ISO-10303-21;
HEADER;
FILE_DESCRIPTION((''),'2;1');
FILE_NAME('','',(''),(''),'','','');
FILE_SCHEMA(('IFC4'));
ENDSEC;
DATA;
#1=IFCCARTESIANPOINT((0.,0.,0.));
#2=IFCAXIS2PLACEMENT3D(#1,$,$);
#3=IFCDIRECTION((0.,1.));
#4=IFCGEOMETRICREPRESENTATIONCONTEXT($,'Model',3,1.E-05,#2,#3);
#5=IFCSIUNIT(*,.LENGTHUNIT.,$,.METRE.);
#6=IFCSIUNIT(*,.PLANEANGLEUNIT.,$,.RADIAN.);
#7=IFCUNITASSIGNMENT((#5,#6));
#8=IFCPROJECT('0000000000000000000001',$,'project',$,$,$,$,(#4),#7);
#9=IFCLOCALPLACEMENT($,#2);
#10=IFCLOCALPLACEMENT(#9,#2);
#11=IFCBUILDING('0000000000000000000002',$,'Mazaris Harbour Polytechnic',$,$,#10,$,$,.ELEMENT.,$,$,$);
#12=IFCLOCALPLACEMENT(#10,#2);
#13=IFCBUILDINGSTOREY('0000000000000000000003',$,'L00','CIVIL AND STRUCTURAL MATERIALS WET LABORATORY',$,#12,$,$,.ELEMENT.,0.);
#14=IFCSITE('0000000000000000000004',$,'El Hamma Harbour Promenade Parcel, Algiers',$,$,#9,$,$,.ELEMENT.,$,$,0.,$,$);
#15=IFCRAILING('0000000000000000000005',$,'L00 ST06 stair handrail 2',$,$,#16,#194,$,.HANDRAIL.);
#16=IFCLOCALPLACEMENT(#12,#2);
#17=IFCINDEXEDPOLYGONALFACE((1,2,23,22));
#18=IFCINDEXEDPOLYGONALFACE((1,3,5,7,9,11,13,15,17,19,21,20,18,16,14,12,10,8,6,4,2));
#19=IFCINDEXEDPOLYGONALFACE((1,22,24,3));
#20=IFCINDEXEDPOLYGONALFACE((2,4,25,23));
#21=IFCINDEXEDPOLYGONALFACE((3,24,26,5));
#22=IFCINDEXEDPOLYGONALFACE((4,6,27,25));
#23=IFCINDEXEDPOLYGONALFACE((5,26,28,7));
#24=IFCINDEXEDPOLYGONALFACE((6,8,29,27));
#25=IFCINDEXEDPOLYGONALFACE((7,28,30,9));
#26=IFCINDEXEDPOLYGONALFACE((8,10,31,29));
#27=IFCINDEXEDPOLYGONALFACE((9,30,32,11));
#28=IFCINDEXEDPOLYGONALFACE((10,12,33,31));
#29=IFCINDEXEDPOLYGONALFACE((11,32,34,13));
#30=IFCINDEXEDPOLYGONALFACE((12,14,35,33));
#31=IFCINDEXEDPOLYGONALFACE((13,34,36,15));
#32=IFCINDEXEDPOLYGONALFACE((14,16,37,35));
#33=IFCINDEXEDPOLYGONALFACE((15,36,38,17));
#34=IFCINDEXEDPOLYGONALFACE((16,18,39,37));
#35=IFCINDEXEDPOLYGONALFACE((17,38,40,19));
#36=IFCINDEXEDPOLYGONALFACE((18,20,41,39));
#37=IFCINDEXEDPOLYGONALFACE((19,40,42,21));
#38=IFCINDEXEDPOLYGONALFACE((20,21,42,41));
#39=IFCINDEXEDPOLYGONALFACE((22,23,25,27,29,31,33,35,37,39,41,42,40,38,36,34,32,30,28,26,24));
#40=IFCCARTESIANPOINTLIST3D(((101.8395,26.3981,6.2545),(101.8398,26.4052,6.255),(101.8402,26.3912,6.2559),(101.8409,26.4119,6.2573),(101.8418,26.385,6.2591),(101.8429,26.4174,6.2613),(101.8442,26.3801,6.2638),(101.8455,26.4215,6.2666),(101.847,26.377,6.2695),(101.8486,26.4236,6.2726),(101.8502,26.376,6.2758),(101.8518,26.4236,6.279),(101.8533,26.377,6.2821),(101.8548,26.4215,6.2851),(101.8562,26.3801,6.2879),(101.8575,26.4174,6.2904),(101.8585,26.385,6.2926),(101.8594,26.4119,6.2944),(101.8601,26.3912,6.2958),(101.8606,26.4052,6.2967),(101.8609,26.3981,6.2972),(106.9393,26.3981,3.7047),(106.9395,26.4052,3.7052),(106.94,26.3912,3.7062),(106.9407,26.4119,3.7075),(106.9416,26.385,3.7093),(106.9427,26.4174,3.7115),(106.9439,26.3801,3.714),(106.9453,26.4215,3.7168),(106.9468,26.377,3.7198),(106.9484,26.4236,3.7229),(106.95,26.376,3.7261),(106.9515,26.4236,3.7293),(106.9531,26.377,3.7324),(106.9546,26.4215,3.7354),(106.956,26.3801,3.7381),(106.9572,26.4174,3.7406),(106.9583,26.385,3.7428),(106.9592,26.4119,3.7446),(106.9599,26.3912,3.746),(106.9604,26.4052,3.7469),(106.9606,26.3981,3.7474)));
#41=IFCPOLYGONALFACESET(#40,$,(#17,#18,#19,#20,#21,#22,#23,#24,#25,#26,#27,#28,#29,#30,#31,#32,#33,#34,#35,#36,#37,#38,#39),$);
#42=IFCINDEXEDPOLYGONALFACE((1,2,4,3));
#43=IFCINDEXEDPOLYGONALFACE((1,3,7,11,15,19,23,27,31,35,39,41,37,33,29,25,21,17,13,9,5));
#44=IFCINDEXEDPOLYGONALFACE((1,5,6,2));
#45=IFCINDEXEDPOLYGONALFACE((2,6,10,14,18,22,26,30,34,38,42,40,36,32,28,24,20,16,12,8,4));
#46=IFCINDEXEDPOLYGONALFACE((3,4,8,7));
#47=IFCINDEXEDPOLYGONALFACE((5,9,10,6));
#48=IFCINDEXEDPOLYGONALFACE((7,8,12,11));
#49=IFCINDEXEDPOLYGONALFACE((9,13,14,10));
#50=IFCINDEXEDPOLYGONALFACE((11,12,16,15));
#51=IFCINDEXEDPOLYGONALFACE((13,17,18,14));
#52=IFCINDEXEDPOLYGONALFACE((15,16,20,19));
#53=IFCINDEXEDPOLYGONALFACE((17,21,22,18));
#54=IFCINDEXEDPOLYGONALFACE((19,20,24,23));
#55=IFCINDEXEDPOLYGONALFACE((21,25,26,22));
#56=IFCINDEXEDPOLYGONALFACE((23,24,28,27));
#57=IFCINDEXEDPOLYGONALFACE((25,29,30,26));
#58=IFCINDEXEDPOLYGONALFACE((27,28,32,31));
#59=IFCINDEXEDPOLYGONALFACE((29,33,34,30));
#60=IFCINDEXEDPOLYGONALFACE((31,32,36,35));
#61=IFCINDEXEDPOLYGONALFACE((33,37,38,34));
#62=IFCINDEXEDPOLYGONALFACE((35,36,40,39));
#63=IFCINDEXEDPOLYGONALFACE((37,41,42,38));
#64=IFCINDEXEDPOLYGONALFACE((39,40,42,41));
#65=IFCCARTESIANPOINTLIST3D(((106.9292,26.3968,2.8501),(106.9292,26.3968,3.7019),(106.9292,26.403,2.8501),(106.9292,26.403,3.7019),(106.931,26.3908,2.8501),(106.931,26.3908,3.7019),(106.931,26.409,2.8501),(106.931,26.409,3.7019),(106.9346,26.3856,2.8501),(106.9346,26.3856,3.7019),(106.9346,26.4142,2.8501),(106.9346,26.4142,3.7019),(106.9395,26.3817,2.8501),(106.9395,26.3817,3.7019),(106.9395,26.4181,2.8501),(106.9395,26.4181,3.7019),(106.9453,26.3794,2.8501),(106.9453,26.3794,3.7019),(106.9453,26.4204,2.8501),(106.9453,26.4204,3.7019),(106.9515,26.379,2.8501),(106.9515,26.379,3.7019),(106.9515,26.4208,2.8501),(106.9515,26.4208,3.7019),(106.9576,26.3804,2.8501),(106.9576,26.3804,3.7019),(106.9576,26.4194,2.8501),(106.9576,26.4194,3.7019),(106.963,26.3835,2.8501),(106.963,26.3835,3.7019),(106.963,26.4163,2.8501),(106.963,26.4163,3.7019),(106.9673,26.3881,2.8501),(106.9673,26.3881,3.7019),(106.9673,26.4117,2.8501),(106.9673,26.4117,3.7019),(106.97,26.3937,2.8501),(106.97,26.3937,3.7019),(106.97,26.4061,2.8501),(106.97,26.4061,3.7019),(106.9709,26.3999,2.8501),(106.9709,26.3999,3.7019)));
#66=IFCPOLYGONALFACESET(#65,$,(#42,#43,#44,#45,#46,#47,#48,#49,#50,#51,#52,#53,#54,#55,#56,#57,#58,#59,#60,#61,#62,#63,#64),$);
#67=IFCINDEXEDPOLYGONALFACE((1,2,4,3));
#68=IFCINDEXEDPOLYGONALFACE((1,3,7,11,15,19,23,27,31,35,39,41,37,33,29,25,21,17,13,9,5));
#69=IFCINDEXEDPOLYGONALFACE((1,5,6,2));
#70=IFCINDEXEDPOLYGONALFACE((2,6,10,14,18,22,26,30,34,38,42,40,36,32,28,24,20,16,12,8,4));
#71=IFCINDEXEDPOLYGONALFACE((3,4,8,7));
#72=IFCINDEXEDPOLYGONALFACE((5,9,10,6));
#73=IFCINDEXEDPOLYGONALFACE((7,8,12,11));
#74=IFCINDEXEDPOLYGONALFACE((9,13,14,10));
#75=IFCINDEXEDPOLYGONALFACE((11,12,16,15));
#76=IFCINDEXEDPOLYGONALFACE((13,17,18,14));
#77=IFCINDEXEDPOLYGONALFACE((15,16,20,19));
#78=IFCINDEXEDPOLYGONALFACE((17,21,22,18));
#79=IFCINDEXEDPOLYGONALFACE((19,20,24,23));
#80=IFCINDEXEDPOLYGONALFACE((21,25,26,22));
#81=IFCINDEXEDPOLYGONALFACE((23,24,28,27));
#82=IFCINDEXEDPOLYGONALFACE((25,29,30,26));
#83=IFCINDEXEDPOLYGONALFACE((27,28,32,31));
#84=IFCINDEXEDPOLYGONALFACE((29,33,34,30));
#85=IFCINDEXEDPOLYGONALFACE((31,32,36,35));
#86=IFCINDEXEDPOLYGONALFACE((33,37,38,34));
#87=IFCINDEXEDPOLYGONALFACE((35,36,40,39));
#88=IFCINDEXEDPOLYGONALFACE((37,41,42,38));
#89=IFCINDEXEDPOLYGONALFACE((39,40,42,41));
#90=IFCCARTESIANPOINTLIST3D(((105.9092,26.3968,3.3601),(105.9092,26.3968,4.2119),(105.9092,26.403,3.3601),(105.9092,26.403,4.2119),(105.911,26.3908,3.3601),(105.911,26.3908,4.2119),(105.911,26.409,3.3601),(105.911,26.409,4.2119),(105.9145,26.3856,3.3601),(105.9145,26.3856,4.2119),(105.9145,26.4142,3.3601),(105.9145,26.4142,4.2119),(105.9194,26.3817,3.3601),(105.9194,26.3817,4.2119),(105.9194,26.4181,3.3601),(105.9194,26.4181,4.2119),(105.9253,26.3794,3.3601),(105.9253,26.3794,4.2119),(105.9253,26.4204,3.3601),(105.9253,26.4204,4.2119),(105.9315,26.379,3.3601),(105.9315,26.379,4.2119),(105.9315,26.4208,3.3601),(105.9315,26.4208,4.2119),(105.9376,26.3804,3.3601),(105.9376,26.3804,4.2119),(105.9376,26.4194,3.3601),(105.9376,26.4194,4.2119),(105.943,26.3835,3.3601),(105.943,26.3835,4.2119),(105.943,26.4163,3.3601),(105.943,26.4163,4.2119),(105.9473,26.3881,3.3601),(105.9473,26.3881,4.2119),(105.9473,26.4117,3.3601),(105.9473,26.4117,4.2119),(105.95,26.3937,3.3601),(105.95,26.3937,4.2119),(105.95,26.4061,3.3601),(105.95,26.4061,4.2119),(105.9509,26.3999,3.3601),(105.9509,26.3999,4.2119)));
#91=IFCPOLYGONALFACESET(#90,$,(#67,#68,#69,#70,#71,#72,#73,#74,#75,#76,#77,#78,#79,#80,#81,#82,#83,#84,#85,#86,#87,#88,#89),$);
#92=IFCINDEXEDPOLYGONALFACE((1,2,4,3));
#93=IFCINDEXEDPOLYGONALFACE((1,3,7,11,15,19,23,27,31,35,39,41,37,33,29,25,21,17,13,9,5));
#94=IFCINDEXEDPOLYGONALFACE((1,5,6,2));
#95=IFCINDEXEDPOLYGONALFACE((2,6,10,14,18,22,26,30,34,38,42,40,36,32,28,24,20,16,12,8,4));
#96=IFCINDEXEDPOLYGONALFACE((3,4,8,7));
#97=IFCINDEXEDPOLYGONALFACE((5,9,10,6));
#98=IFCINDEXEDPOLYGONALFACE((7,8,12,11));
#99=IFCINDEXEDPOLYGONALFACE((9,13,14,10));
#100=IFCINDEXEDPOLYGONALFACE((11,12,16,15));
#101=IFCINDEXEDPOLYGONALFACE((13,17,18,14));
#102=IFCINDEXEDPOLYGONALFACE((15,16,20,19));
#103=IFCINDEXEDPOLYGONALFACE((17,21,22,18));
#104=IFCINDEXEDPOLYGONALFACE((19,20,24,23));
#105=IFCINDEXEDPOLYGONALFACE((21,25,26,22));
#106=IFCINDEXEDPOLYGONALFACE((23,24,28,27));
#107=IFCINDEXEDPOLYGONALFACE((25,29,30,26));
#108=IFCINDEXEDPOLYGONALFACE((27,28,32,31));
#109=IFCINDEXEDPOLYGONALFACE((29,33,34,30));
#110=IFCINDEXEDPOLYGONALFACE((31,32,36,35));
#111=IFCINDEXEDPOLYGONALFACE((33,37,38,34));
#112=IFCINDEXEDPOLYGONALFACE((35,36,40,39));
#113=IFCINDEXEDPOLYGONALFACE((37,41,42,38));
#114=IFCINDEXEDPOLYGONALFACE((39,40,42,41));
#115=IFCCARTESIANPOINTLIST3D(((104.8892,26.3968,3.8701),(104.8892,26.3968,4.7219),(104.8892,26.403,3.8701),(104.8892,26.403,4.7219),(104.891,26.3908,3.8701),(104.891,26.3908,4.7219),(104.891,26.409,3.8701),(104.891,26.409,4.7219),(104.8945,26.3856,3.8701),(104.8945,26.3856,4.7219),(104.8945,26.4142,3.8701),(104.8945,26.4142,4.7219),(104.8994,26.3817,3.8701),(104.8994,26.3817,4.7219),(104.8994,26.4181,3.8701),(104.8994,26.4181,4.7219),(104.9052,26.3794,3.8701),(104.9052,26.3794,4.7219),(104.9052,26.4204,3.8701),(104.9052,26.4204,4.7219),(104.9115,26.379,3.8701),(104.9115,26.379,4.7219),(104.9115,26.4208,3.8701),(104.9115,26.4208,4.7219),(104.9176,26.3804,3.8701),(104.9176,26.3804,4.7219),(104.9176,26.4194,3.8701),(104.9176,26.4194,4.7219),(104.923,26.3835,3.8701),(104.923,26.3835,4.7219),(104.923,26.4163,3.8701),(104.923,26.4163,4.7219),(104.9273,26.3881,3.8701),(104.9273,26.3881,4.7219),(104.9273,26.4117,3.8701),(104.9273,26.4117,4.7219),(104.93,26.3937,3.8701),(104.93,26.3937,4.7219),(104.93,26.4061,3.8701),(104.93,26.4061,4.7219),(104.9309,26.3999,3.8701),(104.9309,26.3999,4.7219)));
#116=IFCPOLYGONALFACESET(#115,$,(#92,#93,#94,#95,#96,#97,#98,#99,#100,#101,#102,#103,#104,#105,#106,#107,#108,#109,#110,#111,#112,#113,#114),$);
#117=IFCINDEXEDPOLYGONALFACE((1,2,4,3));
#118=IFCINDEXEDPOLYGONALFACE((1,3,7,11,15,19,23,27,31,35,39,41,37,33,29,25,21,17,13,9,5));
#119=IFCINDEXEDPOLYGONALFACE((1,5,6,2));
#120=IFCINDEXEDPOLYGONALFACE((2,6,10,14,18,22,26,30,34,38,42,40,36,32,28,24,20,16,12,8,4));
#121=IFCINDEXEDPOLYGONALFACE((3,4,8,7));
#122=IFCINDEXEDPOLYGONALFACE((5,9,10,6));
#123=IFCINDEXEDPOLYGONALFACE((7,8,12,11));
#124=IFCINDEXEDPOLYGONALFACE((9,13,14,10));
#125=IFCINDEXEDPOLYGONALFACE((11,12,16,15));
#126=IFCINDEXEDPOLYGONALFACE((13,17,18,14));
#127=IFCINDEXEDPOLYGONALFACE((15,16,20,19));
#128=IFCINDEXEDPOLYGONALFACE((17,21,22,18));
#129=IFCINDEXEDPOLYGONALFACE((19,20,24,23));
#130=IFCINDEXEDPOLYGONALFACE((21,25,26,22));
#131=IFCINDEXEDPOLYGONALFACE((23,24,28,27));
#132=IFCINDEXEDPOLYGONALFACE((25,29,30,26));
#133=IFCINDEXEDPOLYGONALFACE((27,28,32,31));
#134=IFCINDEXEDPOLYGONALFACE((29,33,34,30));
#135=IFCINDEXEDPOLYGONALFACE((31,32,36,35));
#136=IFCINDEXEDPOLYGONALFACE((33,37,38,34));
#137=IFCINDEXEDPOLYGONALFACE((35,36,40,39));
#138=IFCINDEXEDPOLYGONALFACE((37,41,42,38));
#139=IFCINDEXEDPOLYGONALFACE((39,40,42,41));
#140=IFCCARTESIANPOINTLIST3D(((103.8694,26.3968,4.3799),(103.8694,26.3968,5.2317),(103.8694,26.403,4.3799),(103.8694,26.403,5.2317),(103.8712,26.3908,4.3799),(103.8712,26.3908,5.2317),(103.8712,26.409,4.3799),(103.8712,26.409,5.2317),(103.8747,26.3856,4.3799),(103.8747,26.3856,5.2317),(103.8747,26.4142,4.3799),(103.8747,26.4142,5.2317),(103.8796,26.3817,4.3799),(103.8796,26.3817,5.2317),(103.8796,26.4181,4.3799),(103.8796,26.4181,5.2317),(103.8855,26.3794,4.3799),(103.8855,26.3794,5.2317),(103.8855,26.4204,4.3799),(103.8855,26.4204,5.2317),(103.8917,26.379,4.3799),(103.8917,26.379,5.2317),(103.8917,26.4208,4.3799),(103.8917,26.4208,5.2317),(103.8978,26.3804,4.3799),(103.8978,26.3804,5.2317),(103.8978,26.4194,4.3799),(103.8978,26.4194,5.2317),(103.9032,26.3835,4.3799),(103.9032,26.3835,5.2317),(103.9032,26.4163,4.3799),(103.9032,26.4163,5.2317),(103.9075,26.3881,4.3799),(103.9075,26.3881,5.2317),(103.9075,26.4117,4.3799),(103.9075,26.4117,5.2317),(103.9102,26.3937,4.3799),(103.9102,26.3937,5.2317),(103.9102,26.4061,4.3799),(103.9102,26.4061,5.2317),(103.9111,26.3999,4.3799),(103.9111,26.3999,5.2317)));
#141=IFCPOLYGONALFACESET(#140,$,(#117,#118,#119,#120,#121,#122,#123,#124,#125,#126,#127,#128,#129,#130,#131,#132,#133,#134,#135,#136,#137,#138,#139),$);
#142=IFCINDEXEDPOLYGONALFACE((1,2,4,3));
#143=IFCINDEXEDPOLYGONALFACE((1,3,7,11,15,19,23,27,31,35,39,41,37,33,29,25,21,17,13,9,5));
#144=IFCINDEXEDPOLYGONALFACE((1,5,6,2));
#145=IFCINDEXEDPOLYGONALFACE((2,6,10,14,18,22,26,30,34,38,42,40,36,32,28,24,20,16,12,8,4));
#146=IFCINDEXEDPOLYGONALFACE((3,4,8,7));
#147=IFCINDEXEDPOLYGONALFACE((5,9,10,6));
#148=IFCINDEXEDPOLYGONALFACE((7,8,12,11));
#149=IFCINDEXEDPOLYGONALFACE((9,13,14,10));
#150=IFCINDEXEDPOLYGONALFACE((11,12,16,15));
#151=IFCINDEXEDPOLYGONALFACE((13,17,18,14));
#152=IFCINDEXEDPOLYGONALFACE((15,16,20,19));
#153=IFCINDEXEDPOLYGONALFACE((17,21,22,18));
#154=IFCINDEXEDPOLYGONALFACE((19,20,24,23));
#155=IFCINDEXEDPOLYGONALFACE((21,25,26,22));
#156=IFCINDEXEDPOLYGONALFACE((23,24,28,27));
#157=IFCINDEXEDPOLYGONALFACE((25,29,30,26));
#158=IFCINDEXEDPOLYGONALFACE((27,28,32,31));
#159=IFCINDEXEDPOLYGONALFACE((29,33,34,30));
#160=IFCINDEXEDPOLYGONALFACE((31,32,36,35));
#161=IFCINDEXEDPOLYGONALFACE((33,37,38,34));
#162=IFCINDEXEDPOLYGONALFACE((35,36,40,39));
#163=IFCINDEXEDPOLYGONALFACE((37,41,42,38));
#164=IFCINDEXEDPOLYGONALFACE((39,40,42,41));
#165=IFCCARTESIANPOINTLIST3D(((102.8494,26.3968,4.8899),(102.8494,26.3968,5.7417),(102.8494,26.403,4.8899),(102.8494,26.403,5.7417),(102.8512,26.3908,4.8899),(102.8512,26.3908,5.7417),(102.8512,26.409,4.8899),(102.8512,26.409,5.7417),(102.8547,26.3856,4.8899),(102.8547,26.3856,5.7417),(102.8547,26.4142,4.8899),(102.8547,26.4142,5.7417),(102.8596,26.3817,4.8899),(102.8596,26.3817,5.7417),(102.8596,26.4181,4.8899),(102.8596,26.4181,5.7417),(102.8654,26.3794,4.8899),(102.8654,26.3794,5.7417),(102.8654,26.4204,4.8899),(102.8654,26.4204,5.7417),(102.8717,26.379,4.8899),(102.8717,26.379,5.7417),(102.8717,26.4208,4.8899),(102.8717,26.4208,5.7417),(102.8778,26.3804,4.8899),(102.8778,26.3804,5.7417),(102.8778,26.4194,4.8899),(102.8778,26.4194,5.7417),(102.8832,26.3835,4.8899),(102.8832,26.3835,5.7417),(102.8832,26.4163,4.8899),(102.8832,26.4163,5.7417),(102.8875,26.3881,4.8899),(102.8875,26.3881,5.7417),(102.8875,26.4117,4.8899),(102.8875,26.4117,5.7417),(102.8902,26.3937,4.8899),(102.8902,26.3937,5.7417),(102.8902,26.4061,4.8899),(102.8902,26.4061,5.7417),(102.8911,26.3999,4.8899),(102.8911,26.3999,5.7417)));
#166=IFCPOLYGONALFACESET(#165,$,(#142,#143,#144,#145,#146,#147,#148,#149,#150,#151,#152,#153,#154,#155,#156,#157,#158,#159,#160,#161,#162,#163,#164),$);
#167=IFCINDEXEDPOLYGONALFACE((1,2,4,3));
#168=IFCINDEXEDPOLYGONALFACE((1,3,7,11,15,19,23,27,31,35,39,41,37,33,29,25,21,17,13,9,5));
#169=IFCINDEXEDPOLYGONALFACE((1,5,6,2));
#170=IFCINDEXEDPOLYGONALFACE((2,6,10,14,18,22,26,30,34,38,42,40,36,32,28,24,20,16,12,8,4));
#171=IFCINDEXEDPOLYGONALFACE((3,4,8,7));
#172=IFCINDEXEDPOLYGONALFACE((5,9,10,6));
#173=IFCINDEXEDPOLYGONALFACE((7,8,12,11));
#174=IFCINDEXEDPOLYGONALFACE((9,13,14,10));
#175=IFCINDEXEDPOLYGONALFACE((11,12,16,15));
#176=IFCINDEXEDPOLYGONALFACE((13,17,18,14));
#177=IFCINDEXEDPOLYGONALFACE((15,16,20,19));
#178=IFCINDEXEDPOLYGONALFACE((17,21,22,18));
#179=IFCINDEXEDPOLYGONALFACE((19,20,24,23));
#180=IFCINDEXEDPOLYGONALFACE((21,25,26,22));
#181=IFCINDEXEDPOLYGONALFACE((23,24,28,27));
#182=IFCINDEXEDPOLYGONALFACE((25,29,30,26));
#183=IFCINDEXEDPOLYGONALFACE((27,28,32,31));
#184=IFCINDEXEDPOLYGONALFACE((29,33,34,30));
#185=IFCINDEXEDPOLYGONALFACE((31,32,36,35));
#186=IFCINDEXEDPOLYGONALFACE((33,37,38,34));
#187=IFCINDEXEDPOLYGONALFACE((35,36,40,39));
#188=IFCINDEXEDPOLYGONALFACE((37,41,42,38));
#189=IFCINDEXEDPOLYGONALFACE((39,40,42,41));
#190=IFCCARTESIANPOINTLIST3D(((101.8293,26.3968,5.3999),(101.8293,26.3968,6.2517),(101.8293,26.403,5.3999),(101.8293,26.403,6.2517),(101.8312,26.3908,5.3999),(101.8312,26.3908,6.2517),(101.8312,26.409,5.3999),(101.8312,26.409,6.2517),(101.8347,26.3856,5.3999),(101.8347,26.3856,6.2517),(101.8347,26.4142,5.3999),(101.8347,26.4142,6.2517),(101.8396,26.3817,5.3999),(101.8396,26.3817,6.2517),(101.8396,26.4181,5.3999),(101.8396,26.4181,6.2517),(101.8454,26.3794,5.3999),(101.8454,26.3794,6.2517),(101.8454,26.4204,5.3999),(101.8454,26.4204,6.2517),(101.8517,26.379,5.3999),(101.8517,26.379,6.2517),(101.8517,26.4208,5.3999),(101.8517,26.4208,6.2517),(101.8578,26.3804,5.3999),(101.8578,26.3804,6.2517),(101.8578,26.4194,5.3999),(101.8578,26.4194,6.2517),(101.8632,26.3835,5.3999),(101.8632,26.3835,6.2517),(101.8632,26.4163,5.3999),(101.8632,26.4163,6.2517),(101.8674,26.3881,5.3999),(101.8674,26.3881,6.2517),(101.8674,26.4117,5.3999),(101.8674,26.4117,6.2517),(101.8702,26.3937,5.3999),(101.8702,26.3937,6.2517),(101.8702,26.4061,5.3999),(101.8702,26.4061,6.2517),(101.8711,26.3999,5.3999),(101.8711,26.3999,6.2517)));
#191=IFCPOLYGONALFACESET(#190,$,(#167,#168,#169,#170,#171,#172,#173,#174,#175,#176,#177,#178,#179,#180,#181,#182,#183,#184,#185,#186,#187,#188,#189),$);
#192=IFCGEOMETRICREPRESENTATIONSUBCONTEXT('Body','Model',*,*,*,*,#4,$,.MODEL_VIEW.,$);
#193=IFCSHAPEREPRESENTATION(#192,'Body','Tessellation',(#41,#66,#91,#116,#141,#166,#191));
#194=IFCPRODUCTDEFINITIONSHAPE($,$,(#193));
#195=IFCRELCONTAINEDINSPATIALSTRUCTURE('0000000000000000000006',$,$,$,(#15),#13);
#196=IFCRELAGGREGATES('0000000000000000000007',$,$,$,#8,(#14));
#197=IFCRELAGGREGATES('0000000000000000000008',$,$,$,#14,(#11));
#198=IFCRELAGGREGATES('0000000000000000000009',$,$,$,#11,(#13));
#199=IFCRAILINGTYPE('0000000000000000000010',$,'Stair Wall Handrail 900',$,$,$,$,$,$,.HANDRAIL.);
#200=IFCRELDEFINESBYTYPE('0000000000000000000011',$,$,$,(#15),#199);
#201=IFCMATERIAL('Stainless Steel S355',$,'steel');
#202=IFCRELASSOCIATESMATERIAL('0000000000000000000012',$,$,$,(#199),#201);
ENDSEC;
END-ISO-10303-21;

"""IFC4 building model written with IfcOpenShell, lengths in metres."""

from ifc_helpers import new_model, si_unit, direction, frame, origin, origin_2d, place, context, subcontext, project, spatial, circle, extrude, material, type_object, element, save


model = new_model("IFC4")

# Units and contexts
model_context = context("Model", 3, precision=1e-05, world=origin(), true_north=direction((0.0, 1.0)))
body_context = subcontext(model_context, "Body", "Model", "MODEL_VIEW")
ifc_project = project(units=[si_unit("LENGTHUNIT", "METRE"), si_unit("PLANEANGLEUNIT", "RADIAN")], contexts=[model_context])

# Site, building, storey
site_placement = place(None, origin())
site = spatial("IfcSite", under=ifc_project, at=site_placement, Name="El Hamma Harbour Promenade Parcel, Algiers", CompositionType="ELEMENT", RefElevation=0.0)
building_placement = place(site_placement, origin())
building = spatial("IfcBuilding", under=site, at=building_placement, Name="Mazaris Harbour Polytechnic", CompositionType="ELEMENT")
storey_placement = place(building_placement, origin())
storey = spatial("IfcBuildingStorey", under=building, at=storey_placement, Name="L00", Description="CIVIL AND STRUCTURAL MATERIALS WET LABORATORY", CompositionType="ELEMENT", Elevation=0.0)

# Railing
ifc_material_1 = material(Name="Stainless Steel S355", Category="steel")
railing_type_1 = type_object("IfcRailingType", Name="Stair Wall Handrail 900", PredefinedType="HANDRAIL", material=ifc_material_1)
railing_1_placement = place(storey_placement, frame((106.95, 26.3999, 2.8501)))
element("IfcRailing", 1, at=railing_1_placement, inside=storey, type_object=railing_type_1, Name="L00 ST06 stair handrail 2", PredefinedType="HANDRAIL", context=body_context, shape_type="SweptSolid", body=[
    extrude(circle(Radius=0.0239, at=origin_2d()), frame((0.0, 0.0, 0.876), z_axis=(-0.894436, 0.0, 0.447196), x_axis=(0.0, -1.0, 0.0)), (0.0, 0.0, 1.0), 5.7017),
    extrude(circle(Radius=0.021, at=origin_2d()), origin(), (0.0, 0.0, 1.0), 0.8518),
    extrude(circle(Radius=0.021, at=origin_2d()), frame((-1.02, 0.0, 0.51)), (0.0, 0.0, 1.0), 0.8518),
    extrude(circle(Radius=0.021, at=origin_2d()), frame((-2.04, 0.0, 1.02)), (0.0, 0.0, 1.0), 0.8518),
    extrude(circle(Radius=0.021, at=origin_2d()), frame((-3.0598, 0.0, 1.5298)), (0.0, 0.0, 1.0), 0.8518),
    extrude(circle(Radius=0.021, at=origin_2d()), frame((-4.0798, 0.0, 2.0398)), (0.0, 0.0, 1.0), 0.8518),
    extrude(circle(Radius=0.021, at=origin_2d()), frame((-5.0999, 0.0, 2.5498)), (0.0, 0.0, 1.0), 0.8518),
])

save(model, "model.ifc")
